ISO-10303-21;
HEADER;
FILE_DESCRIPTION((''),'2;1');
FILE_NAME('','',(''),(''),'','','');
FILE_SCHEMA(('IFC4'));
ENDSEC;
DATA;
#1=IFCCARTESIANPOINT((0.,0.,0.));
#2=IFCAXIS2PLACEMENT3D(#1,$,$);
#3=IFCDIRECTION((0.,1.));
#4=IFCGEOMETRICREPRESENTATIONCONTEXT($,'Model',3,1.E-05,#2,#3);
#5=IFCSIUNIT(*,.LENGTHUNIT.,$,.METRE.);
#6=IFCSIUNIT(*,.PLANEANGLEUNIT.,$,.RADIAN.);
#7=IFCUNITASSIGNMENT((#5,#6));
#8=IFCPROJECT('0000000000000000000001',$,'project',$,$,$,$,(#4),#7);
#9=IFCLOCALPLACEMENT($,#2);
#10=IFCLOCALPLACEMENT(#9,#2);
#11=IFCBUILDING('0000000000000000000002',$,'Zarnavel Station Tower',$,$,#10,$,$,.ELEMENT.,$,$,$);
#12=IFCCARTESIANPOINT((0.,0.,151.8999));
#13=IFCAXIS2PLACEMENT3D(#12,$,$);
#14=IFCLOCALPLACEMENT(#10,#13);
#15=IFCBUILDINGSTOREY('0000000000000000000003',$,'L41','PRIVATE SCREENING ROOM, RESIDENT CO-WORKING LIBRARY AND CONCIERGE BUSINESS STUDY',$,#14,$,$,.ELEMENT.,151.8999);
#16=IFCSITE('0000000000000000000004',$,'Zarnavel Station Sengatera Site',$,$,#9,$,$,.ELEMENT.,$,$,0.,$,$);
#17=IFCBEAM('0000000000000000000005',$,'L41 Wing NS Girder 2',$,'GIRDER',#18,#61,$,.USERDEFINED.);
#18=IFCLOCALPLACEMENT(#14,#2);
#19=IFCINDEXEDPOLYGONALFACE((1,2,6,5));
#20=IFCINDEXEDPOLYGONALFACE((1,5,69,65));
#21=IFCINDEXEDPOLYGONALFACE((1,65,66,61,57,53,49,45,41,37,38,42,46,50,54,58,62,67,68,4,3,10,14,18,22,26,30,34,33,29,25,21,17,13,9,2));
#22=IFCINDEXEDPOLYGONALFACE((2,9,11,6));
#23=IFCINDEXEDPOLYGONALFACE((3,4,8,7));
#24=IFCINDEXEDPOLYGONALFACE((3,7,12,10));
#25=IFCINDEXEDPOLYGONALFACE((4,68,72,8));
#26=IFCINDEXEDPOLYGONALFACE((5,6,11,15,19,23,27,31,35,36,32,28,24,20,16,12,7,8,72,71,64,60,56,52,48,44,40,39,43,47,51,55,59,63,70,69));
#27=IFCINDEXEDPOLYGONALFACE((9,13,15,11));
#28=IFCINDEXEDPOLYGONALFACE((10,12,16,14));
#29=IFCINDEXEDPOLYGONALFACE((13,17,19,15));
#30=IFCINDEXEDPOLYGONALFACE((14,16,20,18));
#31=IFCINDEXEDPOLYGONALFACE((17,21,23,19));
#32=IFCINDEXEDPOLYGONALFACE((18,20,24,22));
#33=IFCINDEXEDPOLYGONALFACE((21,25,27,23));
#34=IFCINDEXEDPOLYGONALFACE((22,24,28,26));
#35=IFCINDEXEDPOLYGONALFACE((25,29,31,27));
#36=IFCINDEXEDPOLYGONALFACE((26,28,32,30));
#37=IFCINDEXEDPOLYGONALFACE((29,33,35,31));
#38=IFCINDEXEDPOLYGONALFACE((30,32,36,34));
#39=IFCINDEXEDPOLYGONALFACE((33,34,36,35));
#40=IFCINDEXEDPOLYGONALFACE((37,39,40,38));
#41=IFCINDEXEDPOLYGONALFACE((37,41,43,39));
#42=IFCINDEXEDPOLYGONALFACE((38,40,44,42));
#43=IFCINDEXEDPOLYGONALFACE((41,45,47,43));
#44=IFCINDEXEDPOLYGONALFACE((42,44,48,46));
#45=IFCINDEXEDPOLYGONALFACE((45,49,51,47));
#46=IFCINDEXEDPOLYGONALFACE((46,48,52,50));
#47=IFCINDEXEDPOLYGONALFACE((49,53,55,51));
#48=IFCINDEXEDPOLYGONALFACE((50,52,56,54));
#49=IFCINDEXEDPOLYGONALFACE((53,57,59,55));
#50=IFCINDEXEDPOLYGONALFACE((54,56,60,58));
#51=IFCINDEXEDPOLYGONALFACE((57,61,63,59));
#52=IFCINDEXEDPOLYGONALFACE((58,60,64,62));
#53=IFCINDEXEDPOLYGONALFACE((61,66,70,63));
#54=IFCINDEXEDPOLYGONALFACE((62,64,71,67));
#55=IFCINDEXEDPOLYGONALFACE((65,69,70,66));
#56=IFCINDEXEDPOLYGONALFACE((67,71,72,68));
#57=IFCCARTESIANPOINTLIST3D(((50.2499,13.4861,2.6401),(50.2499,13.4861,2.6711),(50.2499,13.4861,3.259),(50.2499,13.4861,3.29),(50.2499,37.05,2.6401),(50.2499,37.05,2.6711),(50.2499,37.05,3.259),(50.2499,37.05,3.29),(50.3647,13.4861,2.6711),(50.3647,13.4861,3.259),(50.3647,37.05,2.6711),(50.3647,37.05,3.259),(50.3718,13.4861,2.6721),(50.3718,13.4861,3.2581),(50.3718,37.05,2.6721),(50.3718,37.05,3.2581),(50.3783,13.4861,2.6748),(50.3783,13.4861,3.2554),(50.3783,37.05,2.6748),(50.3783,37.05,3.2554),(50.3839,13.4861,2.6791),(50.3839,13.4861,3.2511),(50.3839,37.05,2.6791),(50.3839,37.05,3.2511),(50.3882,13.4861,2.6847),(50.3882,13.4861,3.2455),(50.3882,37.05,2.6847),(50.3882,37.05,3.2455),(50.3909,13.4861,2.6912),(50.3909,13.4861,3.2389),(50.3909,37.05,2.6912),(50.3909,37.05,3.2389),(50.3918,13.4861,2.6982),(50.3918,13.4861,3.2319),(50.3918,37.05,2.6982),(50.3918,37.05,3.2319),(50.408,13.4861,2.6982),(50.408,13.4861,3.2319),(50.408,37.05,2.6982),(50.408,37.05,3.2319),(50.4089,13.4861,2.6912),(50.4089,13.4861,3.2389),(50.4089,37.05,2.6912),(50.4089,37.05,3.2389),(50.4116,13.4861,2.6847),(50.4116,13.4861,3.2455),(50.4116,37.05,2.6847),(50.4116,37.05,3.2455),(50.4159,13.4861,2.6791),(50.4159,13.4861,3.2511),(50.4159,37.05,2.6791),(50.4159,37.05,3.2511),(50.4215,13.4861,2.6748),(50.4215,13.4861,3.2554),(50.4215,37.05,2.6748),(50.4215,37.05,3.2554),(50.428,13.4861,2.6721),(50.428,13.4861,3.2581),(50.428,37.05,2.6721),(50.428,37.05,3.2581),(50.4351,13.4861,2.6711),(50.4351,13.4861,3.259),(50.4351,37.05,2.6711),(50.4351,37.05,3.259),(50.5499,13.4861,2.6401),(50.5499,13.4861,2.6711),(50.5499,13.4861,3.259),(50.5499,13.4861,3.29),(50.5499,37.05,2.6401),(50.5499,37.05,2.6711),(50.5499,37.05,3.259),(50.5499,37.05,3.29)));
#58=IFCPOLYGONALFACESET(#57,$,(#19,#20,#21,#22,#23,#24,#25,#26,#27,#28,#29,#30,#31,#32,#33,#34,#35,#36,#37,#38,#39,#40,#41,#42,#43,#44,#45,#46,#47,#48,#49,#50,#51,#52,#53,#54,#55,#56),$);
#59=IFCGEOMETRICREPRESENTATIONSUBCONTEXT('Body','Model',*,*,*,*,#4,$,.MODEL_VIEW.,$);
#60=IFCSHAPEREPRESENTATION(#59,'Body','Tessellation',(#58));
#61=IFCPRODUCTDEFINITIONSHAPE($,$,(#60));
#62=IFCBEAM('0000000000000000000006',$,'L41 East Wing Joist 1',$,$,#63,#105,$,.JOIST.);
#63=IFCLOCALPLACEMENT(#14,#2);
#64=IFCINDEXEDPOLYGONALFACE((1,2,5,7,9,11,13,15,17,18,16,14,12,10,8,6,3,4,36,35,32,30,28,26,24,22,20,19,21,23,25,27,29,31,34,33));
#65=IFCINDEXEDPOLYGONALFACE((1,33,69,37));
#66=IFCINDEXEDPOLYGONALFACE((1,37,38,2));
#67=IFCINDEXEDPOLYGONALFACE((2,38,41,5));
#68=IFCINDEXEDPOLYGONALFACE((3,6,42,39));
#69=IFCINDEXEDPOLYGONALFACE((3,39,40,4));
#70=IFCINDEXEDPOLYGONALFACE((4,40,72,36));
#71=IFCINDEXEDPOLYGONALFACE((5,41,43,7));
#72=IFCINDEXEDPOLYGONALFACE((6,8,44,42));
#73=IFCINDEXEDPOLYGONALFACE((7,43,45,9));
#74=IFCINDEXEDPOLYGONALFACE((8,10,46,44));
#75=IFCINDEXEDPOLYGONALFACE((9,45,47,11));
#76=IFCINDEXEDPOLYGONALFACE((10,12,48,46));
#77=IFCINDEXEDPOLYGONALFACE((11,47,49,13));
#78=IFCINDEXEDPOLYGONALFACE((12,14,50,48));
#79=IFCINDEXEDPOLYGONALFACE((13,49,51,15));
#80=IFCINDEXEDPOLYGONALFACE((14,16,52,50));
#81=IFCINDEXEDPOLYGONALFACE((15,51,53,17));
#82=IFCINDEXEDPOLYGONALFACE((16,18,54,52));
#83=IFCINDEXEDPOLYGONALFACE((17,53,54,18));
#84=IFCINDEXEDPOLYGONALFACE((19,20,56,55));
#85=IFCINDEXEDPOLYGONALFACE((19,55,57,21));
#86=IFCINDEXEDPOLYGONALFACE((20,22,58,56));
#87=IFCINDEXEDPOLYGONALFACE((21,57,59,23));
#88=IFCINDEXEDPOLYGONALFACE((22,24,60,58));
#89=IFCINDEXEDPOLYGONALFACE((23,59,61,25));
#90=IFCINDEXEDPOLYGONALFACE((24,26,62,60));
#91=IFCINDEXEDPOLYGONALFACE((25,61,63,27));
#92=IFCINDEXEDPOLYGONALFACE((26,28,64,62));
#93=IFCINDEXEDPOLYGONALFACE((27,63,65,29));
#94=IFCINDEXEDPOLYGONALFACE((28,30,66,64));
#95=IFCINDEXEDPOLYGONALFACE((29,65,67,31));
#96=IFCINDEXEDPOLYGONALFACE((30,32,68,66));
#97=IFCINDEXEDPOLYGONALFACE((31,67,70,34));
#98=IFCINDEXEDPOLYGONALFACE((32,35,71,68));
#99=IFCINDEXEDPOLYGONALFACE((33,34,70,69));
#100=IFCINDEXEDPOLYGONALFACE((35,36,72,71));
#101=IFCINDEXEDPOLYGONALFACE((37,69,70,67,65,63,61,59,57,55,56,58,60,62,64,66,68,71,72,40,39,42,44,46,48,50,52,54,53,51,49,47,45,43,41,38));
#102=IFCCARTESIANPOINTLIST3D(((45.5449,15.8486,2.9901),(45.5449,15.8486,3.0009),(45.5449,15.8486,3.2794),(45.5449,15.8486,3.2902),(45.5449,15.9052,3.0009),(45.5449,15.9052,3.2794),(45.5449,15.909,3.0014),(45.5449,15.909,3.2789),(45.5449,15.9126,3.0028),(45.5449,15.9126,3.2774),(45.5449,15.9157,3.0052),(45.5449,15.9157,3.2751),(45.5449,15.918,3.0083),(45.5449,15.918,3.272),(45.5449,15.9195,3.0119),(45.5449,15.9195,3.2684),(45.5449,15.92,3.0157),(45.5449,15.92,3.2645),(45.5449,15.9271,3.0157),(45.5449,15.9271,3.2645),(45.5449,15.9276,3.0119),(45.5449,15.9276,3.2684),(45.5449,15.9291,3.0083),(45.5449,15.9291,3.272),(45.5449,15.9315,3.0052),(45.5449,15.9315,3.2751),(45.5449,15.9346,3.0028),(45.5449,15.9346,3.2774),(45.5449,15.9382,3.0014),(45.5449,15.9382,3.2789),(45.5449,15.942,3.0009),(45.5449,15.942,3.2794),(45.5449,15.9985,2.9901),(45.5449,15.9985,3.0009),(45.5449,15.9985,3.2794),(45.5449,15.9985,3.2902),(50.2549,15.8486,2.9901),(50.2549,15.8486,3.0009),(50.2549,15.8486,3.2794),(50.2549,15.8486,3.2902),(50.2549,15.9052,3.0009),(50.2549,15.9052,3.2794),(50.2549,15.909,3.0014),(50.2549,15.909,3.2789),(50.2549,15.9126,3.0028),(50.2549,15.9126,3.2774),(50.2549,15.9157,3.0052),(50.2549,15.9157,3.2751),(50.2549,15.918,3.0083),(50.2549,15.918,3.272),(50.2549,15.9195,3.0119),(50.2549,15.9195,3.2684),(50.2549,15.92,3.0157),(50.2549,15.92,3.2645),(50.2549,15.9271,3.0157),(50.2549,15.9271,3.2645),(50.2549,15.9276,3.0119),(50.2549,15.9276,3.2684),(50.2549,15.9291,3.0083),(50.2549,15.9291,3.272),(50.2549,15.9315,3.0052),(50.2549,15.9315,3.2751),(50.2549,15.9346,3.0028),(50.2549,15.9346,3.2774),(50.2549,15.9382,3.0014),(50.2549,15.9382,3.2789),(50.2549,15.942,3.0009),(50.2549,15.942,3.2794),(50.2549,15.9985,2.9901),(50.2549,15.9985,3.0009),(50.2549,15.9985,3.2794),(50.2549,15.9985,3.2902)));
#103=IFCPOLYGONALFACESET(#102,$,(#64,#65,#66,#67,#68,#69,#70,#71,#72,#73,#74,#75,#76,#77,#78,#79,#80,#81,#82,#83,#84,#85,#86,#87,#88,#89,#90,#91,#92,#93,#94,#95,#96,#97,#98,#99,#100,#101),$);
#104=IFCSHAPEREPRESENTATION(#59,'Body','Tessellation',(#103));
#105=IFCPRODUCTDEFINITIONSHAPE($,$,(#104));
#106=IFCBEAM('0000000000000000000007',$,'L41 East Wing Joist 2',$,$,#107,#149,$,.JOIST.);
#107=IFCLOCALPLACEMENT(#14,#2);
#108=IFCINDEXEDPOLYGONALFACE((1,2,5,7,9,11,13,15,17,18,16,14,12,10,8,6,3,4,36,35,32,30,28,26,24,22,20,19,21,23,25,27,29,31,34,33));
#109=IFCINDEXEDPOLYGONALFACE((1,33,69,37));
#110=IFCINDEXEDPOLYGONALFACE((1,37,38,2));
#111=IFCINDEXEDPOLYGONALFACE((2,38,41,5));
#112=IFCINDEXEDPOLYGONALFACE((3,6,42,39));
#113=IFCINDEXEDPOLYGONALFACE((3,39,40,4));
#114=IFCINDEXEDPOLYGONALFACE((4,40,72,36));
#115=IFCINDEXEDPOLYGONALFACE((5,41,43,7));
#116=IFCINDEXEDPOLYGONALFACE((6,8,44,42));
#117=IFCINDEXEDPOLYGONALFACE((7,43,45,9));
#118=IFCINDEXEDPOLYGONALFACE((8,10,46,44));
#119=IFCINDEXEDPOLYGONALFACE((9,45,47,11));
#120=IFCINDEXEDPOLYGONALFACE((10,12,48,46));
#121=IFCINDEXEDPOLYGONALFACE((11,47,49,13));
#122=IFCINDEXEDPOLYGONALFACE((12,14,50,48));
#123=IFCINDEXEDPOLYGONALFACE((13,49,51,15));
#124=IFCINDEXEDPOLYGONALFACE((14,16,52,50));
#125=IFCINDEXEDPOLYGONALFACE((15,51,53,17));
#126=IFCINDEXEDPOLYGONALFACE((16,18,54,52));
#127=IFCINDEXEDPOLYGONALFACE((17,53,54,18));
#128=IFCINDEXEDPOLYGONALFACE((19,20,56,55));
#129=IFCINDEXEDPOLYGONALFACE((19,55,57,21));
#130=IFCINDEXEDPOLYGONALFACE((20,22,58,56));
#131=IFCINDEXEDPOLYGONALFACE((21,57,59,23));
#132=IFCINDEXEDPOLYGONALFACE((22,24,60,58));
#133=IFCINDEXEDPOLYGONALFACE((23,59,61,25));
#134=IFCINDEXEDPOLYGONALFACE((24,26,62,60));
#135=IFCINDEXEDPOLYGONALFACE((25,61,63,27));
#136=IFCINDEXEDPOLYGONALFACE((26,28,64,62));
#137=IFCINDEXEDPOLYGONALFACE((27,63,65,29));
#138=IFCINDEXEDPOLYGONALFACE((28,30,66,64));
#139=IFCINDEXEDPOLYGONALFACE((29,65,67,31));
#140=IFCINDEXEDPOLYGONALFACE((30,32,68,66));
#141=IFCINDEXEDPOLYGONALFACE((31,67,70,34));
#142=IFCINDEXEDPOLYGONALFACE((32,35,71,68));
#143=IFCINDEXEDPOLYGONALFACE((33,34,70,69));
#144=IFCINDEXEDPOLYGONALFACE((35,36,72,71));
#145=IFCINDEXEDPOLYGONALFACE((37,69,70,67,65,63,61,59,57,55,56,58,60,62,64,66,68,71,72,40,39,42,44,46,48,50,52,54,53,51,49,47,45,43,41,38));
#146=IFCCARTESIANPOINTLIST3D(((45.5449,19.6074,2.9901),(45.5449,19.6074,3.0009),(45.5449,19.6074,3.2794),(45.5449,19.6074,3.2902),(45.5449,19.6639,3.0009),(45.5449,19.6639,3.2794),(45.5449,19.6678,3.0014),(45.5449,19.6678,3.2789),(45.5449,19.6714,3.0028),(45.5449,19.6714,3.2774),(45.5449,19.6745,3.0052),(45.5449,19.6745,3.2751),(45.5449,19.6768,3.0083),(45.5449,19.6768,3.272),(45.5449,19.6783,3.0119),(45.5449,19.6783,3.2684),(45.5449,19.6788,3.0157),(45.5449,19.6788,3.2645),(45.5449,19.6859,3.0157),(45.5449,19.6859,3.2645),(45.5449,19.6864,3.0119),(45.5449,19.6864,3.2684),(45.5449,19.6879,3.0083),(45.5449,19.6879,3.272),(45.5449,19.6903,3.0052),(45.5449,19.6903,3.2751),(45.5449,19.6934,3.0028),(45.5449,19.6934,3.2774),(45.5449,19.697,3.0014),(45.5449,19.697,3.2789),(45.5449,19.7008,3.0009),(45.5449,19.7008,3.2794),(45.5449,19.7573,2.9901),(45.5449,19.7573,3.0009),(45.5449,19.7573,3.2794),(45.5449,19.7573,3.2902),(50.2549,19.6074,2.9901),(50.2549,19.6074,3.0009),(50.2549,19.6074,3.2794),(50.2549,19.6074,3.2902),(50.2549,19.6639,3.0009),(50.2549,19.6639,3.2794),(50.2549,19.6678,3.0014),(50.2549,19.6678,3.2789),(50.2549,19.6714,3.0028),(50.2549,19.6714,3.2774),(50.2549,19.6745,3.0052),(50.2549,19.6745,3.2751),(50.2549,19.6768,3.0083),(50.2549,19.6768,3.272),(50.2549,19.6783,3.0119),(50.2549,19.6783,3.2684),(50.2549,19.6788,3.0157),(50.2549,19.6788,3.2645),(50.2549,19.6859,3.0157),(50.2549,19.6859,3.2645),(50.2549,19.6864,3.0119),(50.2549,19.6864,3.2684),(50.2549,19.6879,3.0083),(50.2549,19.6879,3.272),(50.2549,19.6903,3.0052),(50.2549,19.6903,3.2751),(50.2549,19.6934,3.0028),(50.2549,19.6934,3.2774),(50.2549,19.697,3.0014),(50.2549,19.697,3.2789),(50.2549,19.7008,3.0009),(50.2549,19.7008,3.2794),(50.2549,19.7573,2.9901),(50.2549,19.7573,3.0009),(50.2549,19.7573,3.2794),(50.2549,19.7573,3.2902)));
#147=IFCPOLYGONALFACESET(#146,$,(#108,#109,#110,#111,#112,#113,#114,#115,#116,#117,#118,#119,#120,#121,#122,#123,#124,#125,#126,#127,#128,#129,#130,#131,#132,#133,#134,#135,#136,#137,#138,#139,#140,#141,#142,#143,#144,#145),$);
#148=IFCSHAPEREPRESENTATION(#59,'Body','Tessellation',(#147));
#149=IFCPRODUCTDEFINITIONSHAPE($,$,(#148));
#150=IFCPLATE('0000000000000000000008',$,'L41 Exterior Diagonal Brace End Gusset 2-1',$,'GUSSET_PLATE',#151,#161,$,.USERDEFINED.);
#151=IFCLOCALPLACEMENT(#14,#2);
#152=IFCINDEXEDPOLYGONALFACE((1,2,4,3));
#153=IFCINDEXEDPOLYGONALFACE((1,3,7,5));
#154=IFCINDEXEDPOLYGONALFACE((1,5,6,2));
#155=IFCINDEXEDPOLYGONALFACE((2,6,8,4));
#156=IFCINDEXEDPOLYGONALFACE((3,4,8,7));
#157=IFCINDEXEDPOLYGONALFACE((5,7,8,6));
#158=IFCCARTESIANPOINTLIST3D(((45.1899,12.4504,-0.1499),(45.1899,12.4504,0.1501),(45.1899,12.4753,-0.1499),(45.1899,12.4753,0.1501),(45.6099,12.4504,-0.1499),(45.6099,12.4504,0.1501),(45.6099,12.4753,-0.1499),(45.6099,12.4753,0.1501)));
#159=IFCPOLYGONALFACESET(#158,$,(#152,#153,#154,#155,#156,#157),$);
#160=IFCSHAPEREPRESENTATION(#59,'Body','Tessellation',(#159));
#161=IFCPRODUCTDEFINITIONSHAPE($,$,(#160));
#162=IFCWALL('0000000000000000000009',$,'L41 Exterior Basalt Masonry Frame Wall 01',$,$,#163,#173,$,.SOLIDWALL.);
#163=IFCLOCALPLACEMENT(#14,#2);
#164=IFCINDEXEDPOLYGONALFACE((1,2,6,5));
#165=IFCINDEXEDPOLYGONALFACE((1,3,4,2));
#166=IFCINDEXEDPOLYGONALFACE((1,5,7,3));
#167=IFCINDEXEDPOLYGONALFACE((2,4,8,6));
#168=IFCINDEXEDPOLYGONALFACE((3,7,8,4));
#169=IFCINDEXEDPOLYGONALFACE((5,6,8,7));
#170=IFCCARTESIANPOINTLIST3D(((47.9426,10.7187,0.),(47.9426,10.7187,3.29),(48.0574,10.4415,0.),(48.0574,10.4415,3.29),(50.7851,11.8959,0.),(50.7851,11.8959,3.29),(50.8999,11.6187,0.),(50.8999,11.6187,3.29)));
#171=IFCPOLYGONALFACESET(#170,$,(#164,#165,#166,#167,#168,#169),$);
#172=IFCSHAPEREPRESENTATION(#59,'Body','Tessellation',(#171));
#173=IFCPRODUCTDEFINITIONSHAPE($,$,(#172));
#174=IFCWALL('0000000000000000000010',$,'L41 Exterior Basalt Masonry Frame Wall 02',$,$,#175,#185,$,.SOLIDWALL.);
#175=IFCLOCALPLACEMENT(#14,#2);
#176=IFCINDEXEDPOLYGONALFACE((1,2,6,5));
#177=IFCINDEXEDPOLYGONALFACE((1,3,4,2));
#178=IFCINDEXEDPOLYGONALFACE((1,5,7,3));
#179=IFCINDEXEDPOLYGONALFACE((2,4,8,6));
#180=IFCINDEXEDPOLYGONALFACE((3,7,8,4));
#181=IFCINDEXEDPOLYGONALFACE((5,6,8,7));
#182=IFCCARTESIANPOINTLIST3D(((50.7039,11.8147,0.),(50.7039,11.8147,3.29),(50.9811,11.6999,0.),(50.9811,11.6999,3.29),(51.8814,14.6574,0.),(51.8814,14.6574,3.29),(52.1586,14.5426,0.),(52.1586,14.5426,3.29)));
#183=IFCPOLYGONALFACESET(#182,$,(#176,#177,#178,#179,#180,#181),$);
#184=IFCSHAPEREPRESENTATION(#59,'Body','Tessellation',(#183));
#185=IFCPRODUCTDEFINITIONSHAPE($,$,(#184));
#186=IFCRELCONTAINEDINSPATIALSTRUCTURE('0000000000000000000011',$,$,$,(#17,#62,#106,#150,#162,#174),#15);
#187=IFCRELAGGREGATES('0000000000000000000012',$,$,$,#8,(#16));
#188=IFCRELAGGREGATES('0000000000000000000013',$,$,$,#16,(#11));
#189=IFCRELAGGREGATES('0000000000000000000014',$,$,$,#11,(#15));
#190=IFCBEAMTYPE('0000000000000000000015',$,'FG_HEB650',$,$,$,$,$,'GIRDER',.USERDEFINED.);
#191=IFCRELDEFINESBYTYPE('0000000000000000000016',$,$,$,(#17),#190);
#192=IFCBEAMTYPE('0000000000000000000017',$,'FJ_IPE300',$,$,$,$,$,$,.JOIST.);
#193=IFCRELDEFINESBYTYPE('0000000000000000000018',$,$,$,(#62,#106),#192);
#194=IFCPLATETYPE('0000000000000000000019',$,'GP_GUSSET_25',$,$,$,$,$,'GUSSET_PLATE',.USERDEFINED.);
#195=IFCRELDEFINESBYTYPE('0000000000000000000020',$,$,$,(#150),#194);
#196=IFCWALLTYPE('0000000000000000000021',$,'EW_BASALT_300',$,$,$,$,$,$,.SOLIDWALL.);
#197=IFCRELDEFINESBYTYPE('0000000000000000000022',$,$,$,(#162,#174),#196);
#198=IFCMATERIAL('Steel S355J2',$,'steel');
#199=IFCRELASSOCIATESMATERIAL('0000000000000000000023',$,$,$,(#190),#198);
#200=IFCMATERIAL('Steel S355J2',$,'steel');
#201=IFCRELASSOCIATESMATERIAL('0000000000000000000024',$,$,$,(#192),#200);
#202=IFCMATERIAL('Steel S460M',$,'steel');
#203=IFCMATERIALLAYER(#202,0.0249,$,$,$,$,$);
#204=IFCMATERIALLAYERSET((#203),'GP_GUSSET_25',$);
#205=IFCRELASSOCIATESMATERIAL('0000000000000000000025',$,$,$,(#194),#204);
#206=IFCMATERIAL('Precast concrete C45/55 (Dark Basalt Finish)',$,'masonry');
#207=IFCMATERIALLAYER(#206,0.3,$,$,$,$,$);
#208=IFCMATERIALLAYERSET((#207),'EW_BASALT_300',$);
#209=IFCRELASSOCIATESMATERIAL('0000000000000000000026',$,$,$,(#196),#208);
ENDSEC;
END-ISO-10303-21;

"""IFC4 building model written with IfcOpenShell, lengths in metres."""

from ifc_helpers import new_model, si_unit, direction, frame, frame_2d, origin, origin_2d, place, context, subcontext, project, spatial, rectangle, i_section, extrude, material, layer, layer_set, material_profile, profile_set, type_object, element, save


model = new_model("IFC4")

# Units and contexts
model_context = context("Model", 3, precision=1e-05, world=origin(), true_north=direction((0.0, 1.0)))
body_context = subcontext(model_context, "Body", "Model", "MODEL_VIEW")
ifc_project = project(units=[si_unit("LENGTHUNIT", "METRE"), si_unit("PLANEANGLEUNIT", "RADIAN")], contexts=[model_context])

# Site, building, storey
site_placement = place(None, origin())
site = spatial("IfcSite", under=ifc_project, at=site_placement, Name="Zarnavel Station Sengatera Site", CompositionType="ELEMENT", RefElevation=0.0)
building_placement = place(site_placement, origin())
building = spatial("IfcBuilding", under=site, at=building_placement, Name="Zarnavel Station Tower", CompositionType="ELEMENT")
storey_placement = place(building_placement, frame((0.0, 0.0, 151.8999)))
storey = spatial("IfcBuildingStorey", under=building, at=storey_placement, Name="L41", Description="PRIVATE SCREENING ROOM, RESIDENT CO-WORKING LIBRARY AND CONCIERGE BUSINESS STUDY", CompositionType="ELEMENT", Elevation=151.8999)

# Beams
ifc_material_1 = material(Name="Steel S355J2", Category="steel")
ifc_material_profile_1 = material_profile(ifc_material_1, i_section(OverallWidth=0.3, OverallDepth=0.6499, WebThickness=0.0161, FlangeThickness=0.031, FilletRadius=0.0271, at=origin_2d()), Name="HEB650")
ifc_profile_set_1 = profile_set([ifc_material_profile_1], Name="Steel S355J2")
beam_type_1 = type_object("IfcBeamType", Name="FG_HEB650", ElementType="GIRDER", PredefinedType="USERDEFINED", material=ifc_profile_set_1)
beam_1_placement = place(storey_placement, frame((50.3999, 13.4861, 2.9651), z_axis=(0.0, 1.0, 0.0), x_axis=(-1.0, 0.0, 0.0)))
element("IfcBeam", 1, at=beam_1_placement, inside=storey, type_object=beam_type_1, Name="L41 Wing NS Girder 2", ObjectType="GIRDER", PredefinedType="USERDEFINED", context=body_context, shape_type="SweptSolid", body=[
    extrude(i_section(OverallWidth=0.3, OverallDepth=0.6499, WebThickness=0.0161, FlangeThickness=0.031, FilletRadius=0.0271, at=origin_2d()), origin(), (0.0, 0.0, 1.0), 23.564),
])
ifc_material_2 = material(Name="Steel S355J2", Category="steel")
ifc_material_profile_2 = material_profile(ifc_material_2, i_section(OverallWidth=0.1499, OverallDepth=0.3, WebThickness=0.0071, FlangeThickness=0.0107, FilletRadius=0.0149, at=origin_2d()), Name="IPE300")
ifc_profile_set_2 = profile_set([ifc_material_profile_2], Name="Steel S355J2")
beam_type_2 = type_object("IfcBeamType", Name="FJ_IPE300", PredefinedType="JOIST", material=ifc_profile_set_2)
for number, where, z_axis, x_axis, name in (
    (2, (45.5449, 15.9236, 3.1401), (1.0, 0.0, 0.0), (0.0, 1.0, 0.0), "L41 East Wing Joist 1"),
    (3, (45.5449, 19.6824, 3.1401), (1.0, 0.0, 0.0), (0.0, 1.0, 0.0), "L41 East Wing Joist 2"),
):
    element("IfcBeam", number, at=place(storey_placement, frame(where, z_axis=z_axis, x_axis=x_axis)), inside=storey, type_object=beam_type_2, Name=name, PredefinedType="JOIST", context=body_context, shape_type="SweptSolid", body=[
        extrude(i_section(OverallWidth=0.1499, OverallDepth=0.3, WebThickness=0.0071, FlangeThickness=0.0107, FilletRadius=0.0149, at=origin_2d()), origin(), (0.0, 0.0, 1.0), 4.71),
    ])

# Plate
ifc_material_3 = material(Name="Steel S460M", Category="steel")
ifc_layer_1 = layer(ifc_material_3, 0.0249)
ifc_layer_set_1 = layer_set([ifc_layer_1], Name="GP_GUSSET_25")
plate_type = type_object("IfcPlateType", Name="GP_GUSSET_25", ElementType="GUSSET_PLATE", PredefinedType="USERDEFINED", material=ifc_layer_set_1)
plate_placement = place(storey_placement, frame((45.3999, 12.4629, -0.1499), z_axis=(0.0, 0.0, 1.0), x_axis=(1.0, 0.0, 0.0)))
element("IfcPlate", 4, at=plate_placement, inside=storey, type_object=plate_type, Name="L41 Exterior Diagonal Brace End Gusset 2-1", ObjectType="GUSSET_PLATE", PredefinedType="USERDEFINED", context=body_context, shape_type="SweptSolid", body=[
    extrude(rectangle(XDim=0.4199, YDim=0.0249, at=origin_2d()), origin(), (0.0, 0.0, 1.0), 0.3),
])

# Walls
ifc_material_4 = material(Name="Precast concrete C45/55 (Dark Basalt Finish)", Category="masonry")
ifc_layer_2 = layer(ifc_material_4, 0.3)
ifc_layer_set_2 = layer_set([ifc_layer_2], Name="EW_BASALT_300")
wall_type_1 = type_object("IfcWallType", Name="EW_BASALT_300", PredefinedType="SOLIDWALL", material=ifc_layer_set_2)
wall_1_placement = place(storey_placement, frame((50.8425, 11.7573, 0.0), z_axis=(0.0, 0.0, 1.0), x_axis=(-0.923899, -0.382637, 0.0)))
element("IfcWall", 5, at=wall_1_placement, inside=storey, type_object=wall_type_1, Name="L41 Exterior Basalt Masonry Frame Wall 01", PredefinedType="SOLIDWALL", context=body_context, shape_type="SweptSolid", body=[
    extrude(rectangle(XDim=3.0767, YDim=0.3, at=frame_2d((1.5383, 0.0))), origin(), (0.0, 0.0, 1.0), 3.29),
])
wall_2_placement = place(storey_placement, frame((52.02, 14.6001, 0.0), z_axis=(0.0, 0.0, 1.0), x_axis=(-0.382676, -0.923882, 0.0)))
element("IfcWall", 6, at=wall_2_placement, inside=storey, type_object=wall_type_1, Name="L41 Exterior Basalt Masonry Frame Wall 02", PredefinedType="SOLIDWALL", context=body_context, shape_type="SweptSolid", body=[
    extrude(rectangle(XDim=3.0769, YDim=0.3, at=frame_2d((1.5386, 0.0))), origin(), (0.0, 0.0, 1.0), 3.29),
])

save(model, "model.ifc")
